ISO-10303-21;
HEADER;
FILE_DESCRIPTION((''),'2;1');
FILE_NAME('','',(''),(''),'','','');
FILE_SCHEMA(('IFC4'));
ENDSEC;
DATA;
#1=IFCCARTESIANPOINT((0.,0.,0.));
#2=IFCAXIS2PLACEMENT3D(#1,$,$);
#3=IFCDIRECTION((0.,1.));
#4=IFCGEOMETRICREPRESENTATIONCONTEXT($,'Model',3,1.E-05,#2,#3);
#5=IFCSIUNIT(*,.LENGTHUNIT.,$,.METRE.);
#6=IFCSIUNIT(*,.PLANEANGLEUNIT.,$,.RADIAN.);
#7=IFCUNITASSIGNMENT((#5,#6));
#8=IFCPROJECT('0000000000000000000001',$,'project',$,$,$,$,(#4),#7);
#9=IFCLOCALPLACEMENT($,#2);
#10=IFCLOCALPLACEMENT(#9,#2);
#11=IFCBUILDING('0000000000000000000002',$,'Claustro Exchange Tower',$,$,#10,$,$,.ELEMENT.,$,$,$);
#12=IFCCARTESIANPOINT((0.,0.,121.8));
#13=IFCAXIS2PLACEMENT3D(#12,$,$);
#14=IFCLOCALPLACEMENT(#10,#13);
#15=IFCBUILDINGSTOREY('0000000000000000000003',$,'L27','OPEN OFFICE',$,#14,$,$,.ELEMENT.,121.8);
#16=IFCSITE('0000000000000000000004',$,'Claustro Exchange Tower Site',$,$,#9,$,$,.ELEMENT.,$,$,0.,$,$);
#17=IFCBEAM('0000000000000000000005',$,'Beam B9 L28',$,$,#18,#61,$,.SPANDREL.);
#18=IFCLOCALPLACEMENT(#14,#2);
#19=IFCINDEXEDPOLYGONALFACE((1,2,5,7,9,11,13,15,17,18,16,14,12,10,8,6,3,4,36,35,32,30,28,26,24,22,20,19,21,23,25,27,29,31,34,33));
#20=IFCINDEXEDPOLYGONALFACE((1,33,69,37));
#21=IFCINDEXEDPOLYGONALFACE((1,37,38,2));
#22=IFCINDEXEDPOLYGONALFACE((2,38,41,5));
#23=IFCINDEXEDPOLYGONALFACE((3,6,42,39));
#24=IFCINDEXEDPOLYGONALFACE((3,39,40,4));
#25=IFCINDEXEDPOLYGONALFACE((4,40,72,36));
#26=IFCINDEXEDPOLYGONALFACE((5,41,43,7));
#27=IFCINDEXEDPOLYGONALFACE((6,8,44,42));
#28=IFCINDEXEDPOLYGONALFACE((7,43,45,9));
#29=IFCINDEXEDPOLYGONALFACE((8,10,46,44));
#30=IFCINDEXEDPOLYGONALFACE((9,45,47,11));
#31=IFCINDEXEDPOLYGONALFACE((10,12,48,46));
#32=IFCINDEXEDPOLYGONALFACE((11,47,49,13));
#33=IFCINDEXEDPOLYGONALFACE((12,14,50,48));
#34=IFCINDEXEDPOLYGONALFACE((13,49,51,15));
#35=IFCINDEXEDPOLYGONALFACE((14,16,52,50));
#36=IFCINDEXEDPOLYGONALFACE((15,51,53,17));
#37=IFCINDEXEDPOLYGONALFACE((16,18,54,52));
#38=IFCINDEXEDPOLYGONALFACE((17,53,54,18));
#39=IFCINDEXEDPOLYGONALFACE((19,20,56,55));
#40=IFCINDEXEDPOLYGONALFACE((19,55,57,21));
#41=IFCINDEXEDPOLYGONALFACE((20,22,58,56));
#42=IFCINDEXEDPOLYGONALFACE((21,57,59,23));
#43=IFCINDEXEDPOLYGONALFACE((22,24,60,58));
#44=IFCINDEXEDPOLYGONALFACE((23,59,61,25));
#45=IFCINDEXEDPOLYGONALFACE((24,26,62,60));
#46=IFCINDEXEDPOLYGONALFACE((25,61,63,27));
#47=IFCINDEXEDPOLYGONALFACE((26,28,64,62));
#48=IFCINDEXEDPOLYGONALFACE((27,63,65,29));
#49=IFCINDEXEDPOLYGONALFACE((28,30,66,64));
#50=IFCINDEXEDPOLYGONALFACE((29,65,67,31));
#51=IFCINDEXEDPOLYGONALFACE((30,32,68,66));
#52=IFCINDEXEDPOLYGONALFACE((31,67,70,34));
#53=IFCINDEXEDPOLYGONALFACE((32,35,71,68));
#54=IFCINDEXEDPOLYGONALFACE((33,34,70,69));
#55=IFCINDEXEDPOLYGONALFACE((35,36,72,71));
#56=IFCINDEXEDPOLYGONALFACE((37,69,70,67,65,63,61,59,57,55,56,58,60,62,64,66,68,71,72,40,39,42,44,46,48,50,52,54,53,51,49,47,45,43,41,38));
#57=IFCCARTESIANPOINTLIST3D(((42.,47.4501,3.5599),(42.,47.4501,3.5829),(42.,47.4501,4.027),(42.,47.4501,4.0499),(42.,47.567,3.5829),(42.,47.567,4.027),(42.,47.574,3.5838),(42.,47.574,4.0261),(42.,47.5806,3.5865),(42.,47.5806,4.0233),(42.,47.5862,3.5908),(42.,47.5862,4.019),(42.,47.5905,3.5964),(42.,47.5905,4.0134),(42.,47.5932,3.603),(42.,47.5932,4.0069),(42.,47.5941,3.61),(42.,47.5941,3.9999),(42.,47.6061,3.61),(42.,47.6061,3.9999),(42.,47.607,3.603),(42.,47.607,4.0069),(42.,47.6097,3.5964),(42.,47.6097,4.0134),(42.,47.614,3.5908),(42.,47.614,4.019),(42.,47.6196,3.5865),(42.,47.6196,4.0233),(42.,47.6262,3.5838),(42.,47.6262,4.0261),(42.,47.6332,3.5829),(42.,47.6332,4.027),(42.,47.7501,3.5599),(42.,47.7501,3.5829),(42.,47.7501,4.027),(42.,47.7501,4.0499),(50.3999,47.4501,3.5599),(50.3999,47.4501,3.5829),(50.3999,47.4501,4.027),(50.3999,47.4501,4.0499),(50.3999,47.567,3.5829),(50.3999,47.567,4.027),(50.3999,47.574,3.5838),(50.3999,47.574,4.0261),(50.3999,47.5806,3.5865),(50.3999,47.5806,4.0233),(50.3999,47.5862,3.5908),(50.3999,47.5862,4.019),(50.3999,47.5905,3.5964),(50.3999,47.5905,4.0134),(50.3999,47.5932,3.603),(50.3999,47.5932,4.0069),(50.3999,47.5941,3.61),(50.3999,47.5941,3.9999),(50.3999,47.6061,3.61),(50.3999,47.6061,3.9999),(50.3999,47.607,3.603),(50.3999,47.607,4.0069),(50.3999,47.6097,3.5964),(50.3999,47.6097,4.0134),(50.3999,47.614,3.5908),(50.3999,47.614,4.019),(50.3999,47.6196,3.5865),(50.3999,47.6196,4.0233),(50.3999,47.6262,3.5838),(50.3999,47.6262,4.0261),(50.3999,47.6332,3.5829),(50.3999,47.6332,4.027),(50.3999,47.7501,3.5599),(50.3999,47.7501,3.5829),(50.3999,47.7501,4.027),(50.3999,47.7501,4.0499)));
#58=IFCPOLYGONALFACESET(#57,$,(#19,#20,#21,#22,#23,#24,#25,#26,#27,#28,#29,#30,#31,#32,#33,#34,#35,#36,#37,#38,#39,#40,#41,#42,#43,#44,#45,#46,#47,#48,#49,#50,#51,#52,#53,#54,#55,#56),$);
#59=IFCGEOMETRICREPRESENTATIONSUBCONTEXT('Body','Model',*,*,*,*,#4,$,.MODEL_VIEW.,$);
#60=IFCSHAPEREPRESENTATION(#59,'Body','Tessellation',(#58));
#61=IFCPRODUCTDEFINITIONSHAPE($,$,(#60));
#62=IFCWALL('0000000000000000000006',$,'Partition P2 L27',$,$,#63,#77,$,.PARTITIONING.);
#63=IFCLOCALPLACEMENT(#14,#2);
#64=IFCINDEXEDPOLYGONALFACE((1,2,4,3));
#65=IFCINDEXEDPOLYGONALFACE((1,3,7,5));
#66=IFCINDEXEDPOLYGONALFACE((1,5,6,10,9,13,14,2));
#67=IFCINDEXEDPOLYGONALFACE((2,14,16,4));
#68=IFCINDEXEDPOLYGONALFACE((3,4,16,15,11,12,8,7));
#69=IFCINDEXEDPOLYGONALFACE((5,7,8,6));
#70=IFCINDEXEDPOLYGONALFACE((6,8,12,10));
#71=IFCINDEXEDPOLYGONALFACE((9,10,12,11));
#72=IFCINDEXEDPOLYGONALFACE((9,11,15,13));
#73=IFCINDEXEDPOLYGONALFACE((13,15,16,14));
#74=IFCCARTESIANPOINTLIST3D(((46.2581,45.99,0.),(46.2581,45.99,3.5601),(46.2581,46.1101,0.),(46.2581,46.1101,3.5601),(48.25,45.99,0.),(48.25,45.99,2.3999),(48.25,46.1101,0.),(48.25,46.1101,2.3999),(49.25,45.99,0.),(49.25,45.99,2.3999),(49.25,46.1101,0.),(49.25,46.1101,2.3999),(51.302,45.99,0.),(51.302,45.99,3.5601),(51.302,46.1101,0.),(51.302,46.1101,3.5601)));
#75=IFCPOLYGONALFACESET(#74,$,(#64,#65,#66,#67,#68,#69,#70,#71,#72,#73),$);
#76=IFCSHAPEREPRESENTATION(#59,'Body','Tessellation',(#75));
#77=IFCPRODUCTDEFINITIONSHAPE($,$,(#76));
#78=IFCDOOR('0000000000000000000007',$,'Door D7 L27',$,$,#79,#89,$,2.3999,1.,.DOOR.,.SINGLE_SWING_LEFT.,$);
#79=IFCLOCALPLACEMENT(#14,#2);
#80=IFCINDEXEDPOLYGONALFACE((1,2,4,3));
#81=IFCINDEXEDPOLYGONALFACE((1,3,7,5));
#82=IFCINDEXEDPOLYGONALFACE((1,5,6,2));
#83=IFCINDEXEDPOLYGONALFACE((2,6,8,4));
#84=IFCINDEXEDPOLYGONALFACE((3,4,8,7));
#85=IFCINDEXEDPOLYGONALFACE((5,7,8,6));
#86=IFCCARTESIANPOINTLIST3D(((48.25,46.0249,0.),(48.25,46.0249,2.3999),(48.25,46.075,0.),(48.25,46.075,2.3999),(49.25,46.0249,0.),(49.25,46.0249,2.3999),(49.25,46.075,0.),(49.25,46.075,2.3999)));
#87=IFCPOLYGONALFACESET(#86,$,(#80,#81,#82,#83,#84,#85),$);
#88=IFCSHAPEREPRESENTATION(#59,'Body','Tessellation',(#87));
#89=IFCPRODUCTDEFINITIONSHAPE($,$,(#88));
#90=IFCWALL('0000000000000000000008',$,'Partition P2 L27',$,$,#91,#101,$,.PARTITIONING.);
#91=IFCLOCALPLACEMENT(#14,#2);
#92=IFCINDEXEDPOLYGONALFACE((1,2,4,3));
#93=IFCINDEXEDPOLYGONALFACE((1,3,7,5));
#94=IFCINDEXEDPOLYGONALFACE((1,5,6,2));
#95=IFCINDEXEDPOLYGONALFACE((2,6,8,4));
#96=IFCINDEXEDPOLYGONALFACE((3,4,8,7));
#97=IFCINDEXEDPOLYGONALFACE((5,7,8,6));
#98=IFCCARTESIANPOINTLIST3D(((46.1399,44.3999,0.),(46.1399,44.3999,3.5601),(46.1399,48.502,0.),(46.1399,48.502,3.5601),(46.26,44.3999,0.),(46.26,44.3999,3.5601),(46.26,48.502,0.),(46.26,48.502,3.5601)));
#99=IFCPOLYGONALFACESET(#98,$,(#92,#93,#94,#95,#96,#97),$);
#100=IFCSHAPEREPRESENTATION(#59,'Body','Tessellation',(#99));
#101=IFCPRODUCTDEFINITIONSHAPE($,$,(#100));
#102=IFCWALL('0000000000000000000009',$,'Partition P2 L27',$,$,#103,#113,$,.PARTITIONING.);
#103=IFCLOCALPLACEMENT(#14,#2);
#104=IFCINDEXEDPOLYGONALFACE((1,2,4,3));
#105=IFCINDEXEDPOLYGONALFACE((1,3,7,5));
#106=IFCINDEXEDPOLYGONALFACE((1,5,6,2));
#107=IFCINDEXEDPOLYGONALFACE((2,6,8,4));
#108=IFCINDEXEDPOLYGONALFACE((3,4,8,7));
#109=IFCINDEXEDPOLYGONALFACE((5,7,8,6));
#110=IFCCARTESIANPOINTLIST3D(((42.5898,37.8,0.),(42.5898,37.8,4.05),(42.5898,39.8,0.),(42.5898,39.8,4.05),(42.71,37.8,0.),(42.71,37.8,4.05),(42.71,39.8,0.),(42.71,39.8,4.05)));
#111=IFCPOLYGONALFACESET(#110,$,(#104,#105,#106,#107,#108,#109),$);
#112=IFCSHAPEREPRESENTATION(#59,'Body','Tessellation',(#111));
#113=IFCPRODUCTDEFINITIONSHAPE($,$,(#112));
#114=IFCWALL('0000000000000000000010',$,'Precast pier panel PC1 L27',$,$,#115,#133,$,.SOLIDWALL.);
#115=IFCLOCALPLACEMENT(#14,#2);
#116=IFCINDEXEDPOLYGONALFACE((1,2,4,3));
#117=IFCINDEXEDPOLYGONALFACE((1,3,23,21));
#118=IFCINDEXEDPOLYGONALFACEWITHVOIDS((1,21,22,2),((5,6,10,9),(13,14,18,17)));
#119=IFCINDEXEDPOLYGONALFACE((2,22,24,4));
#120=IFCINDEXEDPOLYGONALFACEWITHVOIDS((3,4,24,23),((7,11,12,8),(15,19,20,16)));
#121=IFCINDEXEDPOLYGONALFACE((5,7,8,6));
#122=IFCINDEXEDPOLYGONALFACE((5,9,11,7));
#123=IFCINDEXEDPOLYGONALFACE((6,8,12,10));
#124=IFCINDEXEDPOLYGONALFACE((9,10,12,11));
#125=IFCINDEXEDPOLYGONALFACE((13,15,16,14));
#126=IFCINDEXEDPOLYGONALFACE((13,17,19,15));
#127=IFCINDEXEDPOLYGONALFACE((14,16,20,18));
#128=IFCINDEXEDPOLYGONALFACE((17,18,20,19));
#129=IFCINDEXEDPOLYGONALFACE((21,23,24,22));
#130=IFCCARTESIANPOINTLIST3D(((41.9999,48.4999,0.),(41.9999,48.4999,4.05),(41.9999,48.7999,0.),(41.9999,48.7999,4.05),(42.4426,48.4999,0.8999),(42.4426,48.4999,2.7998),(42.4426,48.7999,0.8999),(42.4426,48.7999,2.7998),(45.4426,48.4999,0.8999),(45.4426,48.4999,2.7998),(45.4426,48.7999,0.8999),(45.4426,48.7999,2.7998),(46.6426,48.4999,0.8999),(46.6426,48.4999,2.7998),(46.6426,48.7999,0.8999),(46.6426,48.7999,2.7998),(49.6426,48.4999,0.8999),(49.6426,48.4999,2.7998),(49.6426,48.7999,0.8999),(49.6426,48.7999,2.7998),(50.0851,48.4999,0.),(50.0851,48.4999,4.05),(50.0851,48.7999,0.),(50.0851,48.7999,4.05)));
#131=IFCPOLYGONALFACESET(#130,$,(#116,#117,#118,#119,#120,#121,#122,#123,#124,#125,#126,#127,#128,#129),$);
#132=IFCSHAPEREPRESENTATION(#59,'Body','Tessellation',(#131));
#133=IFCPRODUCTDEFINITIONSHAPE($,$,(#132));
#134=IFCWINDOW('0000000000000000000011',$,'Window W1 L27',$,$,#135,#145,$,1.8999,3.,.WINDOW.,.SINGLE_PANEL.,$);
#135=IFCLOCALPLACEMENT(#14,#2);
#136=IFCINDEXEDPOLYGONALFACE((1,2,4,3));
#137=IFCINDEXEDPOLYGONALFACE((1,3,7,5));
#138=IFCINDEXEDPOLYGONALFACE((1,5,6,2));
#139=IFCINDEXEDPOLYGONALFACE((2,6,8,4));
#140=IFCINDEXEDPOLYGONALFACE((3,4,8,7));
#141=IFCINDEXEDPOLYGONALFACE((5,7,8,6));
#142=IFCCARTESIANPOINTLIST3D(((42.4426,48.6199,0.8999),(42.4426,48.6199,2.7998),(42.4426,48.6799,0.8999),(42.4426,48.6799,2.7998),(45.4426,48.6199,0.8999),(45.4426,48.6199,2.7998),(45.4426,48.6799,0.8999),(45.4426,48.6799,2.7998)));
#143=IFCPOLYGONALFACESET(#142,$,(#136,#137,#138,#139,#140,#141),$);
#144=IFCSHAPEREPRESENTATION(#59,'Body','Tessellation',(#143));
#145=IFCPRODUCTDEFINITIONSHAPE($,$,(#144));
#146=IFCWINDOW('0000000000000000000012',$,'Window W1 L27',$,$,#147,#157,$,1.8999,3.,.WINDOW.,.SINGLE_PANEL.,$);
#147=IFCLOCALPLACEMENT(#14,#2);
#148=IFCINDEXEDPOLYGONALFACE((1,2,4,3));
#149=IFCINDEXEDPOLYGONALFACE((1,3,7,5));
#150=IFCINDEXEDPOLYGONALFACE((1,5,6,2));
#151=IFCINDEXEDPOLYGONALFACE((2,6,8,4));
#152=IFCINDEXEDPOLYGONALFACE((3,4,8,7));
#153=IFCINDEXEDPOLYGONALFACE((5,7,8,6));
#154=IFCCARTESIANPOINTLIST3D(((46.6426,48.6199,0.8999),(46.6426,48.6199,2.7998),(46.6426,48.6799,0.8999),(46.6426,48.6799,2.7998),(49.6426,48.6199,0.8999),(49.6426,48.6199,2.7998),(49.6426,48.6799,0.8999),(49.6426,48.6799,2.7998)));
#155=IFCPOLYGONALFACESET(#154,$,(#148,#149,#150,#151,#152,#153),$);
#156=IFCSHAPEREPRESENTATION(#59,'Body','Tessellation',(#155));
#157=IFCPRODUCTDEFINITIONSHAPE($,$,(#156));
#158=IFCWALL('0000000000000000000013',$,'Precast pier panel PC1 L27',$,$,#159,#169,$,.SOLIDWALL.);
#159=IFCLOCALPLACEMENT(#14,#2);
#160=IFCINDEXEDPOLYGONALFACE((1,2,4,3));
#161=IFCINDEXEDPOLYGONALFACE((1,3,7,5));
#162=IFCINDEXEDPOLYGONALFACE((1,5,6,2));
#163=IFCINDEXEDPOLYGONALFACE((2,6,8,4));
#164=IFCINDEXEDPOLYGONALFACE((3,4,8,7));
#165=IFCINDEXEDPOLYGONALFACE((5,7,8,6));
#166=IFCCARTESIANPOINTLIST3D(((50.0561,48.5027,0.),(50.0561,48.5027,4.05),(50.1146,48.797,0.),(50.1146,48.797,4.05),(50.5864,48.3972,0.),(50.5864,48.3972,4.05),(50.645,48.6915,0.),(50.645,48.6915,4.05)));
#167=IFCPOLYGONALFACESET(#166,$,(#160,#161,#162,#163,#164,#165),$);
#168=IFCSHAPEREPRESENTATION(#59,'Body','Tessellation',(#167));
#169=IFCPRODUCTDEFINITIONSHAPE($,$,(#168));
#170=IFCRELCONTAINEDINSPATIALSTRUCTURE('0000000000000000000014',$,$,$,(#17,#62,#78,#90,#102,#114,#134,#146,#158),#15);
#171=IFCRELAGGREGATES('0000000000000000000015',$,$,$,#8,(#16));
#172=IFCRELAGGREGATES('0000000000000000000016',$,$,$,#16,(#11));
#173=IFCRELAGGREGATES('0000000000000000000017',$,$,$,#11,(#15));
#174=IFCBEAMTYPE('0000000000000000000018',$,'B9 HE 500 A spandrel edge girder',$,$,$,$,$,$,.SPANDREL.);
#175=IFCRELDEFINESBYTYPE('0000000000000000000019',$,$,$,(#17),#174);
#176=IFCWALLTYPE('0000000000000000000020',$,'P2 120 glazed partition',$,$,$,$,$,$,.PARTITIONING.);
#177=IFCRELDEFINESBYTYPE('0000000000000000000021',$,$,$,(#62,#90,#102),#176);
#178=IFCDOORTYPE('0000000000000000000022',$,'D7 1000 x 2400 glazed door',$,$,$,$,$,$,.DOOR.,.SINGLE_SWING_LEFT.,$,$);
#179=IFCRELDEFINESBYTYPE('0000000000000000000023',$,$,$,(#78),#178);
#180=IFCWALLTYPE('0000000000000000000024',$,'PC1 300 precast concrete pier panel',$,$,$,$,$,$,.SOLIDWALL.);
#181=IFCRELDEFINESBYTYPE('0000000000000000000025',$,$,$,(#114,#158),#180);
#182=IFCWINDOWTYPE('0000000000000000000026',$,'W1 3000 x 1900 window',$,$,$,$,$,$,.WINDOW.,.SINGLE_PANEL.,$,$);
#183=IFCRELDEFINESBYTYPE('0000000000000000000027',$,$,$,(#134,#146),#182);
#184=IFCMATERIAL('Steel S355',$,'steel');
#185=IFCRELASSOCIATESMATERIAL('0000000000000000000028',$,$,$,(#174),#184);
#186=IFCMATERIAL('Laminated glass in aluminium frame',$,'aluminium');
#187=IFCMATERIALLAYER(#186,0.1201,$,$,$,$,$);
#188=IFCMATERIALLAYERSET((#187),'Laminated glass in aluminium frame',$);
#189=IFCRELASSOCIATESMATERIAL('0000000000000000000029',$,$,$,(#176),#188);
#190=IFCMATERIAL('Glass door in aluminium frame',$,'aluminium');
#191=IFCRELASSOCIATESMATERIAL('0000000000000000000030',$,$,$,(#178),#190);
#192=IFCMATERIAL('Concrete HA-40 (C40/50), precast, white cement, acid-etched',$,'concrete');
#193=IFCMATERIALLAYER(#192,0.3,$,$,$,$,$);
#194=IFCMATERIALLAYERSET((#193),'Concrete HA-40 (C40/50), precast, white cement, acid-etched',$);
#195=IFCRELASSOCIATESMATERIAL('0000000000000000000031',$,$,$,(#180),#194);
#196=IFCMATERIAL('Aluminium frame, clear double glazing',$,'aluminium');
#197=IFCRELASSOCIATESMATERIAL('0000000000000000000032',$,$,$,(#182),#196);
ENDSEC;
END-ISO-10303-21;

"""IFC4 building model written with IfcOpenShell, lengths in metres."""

from ifc_helpers import new_model, si_unit, direction, frame, frame_2d, origin, origin_2d, place, context, subcontext, project, spatial, rectangle, i_section, extrude, material, layer, layer_set, material_profile, profile_set, type_object, element, fill, save


model = new_model("IFC4")

# Units and contexts
model_context = context("Model", 3, precision=1e-05, world=origin(), true_north=direction((0.0, 1.0)))
body_context = subcontext(model_context, "Body", "Model", "MODEL_VIEW")
ifc_project = project(units=[si_unit("LENGTHUNIT", "METRE"), si_unit("PLANEANGLEUNIT", "RADIAN")], contexts=[model_context])

# Site, building, storey
site_placement = place(None, origin())
site = spatial("IfcSite", under=ifc_project, at=site_placement, Name="Claustro Exchange Tower Site", CompositionType="ELEMENT", RefElevation=0.0)
building_placement = place(site_placement, origin())
building = spatial("IfcBuilding", under=site, at=building_placement, Name="Claustro Exchange Tower", CompositionType="ELEMENT")
storey_placement = place(building_placement, frame((0.0, 0.0, 121.8)))
storey = spatial("IfcBuildingStorey", under=building, at=storey_placement, Name="L27", Description="OPEN OFFICE", CompositionType="ELEMENT", Elevation=121.8)

# Beam
ifc_material_1 = material(Name="Steel S355", Category="steel")
ifc_material_profile_1 = material_profile(ifc_material_1, i_section(OverallWidth=0.3, OverallDepth=0.49, WebThickness=0.012, FlangeThickness=0.0229, FilletRadius=0.0271, at=origin_2d()), Name="HE 500 A")
ifc_profile_set_1 = profile_set([ifc_material_profile_1], Name="Steel S355")
beam_type_1 = type_object("IfcBeamType", Name="B9 HE 500 A spandrel edge girder", PredefinedType="SPANDREL", material=ifc_profile_set_1)
beam_1_placement = place(storey_placement, frame((42.0, 47.6001, 3.8049), z_axis=(1.0, 0.0, 0.0), x_axis=(0.0, 1.0, 0.0)))
element("IfcBeam", 1, at=beam_1_placement, inside=storey, type_object=beam_type_1, Name="Beam B9 L28", PredefinedType="SPANDREL", context=body_context, shape_type="SweptSolid", body=[
    extrude(i_section(OverallWidth=0.3, OverallDepth=0.49, WebThickness=0.012, FlangeThickness=0.0229, FilletRadius=0.0271, at=origin_2d()), origin(), (0.0, 0.0, 1.0), 8.3999),
])

# Wall, opening, door
ifc_material_2 = material(Name="Laminated glass in aluminium frame", Category="aluminium")
ifc_layer_1 = layer(ifc_material_2, 0.1201)
ifc_layer_set_1 = layer_set([ifc_layer_1], Name="Laminated glass in aluminium frame")
wall_type_1 = type_object("IfcWallType", Name="P2 120 glazed partition", PredefinedType="PARTITIONING", material=ifc_layer_set_1)
wall_1_placement = place(storey_placement, frame((46.2581, 46.05, 0.0), z_axis=(0.0, 0.0, 1.0), x_axis=(1.0, 0.0, 0.0)))
wall_1 = element("IfcWall", 2, at=wall_1_placement, inside=storey, type_object=wall_type_1, Name="Partition P2 L27", PredefinedType="PARTITIONING", context=body_context, shape_type="SweptSolid", body=[
    extrude(rectangle(XDim=5.0439, YDim=0.1201, at=frame_2d((2.522, 0.0))), origin(), (0.0, 0.0, 1.0), 3.5601),
])
opening_1_placement = place(wall_1_placement, frame((1.9919, 0.0, 0.0)))
opening_1 = element("IfcOpeningElement", 3, at=opening_1_placement, cuts=wall_1, PredefinedType="OPENING", context=body_context, shape_type="SweptSolid", body=[
    extrude(rectangle(XDim=1.0, YDim=2.3999, at=frame_2d((0.5, 1.2))), frame((0.0, 0.0701, 0.0), z_axis=(0.0, -1.0, 0.0), x_axis=(1.0, 0.0, 0.0)), (0.0, 0.0, 1.0), 0.1401),
])
ifc_material_3 = material(Name="Glass door in aluminium frame", Category="aluminium")
door_type = type_object("IfcDoorType", Name="D7 1000 x 2400 glazed door", OperationType="SINGLE_SWING_LEFT", PredefinedType="DOOR", material=ifc_material_3)
door_placement = place(opening_1_placement, origin())
door = element("IfcDoor", 4, at=door_placement, inside=storey, type_object=door_type, Name="Door D7 L27", OperationType="SINGLE_SWING_LEFT", OverallHeight=2.3999, OverallWidth=1.0, PredefinedType="DOOR", context=body_context, shape_type="SweptSolid", body=[
    extrude(rectangle(XDim=1.0, YDim=2.3999, at=frame_2d((0.5, 1.2))), frame((0.0, 0.0249, 0.0), z_axis=(0.0, -1.0, 0.0), x_axis=(1.0, 0.0, 0.0)), (0.0, 0.0, 1.0), 0.05),
])
fill(opening_1, door)

# Walls
wall_2_placement = place(storey_placement, frame((46.2, 44.3999, 0.0), z_axis=(0.0, 0.0, 1.0), x_axis=(0.0, 1.0, 0.0)))
element("IfcWall", 5, at=wall_2_placement, inside=storey, type_object=wall_type_1, Name="Partition P2 L27", PredefinedType="PARTITIONING", context=body_context, shape_type="SweptSolid", body=[
    extrude(rectangle(XDim=4.1021, YDim=0.1201, at=frame_2d((2.051, 0.0))), origin(), (0.0, 0.0, 1.0), 3.5601),
])
wall_3_placement = place(storey_placement, frame((42.6499, 37.8, 0.0), z_axis=(0.0, 0.0, 1.0), x_axis=(0.0, 1.0, 0.0)))
element("IfcWall", 6, at=wall_3_placement, inside=storey, type_object=wall_type_1, Name="Partition P2 L27", PredefinedType="PARTITIONING", context=body_context, shape_type="SweptSolid", body=[
    extrude(rectangle(XDim=2.0, YDim=0.1201, at=frame_2d((1.0, 0.0))), origin(), (0.0, 0.0, 1.0), 4.05),
])

# Wall, openings, windows
ifc_material_4 = material(Name="Concrete HA-40 (C40/50), precast, white cement, acid-etched", Category="concrete")
ifc_layer_2 = layer(ifc_material_4, 0.3)
ifc_layer_set_2 = layer_set([ifc_layer_2], Name="Concrete HA-40 (C40/50), precast, white cement, acid-etched")
wall_type_2 = type_object("IfcWallType", Name="PC1 300 precast concrete pier panel", PredefinedType="SOLIDWALL", material=ifc_layer_set_2)
wall_4_placement = place(storey_placement, frame((42.0, 48.6499, 0.0), z_axis=(0.0, 0.0, 1.0), x_axis=(1.0, 0.0, 0.0)))
wall_4 = element("IfcWall", 7, at=wall_4_placement, inside=storey, type_object=wall_type_2, Name="Precast pier panel PC1 L27", PredefinedType="SOLIDWALL", context=body_context, shape_type="SweptSolid", body=[
    extrude(rectangle(XDim=8.0852, YDim=0.3, at=frame_2d((4.0425, 0.0))), origin(), (0.0, 0.0, 1.0), 4.05),
])
opening_2_placement = place(wall_4_placement, frame((0.4426, 0.0, 0.8999)))
opening_2 = element("IfcOpeningElement", 8, at=opening_2_placement, cuts=wall_4, PredefinedType="OPENING", context=body_context, shape_type="SweptSolid", body=[
    extrude(rectangle(XDim=3.0, YDim=1.8999, at=frame_2d((1.5, 0.95))), frame((0.0, 0.1599, 0.0), z_axis=(0.0, -1.0, 0.0), x_axis=(1.0, 0.0, 0.0)), (0.0, 0.0, 1.0), 0.3201),
])
opening_3_placement = place(wall_4_placement, frame((4.6426, 0.0, 0.8999)))
opening_3 = element("IfcOpeningElement", 9, at=opening_3_placement, cuts=wall_4, PredefinedType="OPENING", context=body_context, shape_type="SweptSolid", body=[
    extrude(rectangle(XDim=3.0, YDim=1.8999, at=frame_2d((1.5, 0.95))), frame((0.0, 0.1599, 0.0), z_axis=(0.0, -1.0, 0.0), x_axis=(1.0, 0.0, 0.0)), (0.0, 0.0, 1.0), 0.3201),
])
ifc_material_5 = material(Name="Aluminium frame, clear double glazing", Category="aluminium")
window_type_1 = type_object("IfcWindowType", Name="W1 3000 x 1900 window", PartitioningType="SINGLE_PANEL", PredefinedType="WINDOW", material=ifc_material_5)
window_1_placement = place(opening_2_placement, origin())
window_1 = element("IfcWindow", 10, at=window_1_placement, inside=storey, type_object=window_type_1, Name="Window W1 L27", OverallHeight=1.8999, OverallWidth=3.0, PartitioningType="SINGLE_PANEL", PredefinedType="WINDOW", context=body_context, shape_type="SweptSolid", body=[
    extrude(rectangle(XDim=3.0, YDim=1.8999, at=frame_2d((1.5, 0.95))), frame((0.0, 0.03, 0.0), z_axis=(0.0, -1.0, 0.0), x_axis=(1.0, 0.0, 0.0)), (0.0, 0.0, 1.0), 0.0601),
])
fill(opening_2, window_1)
window_2_placement = place(opening_3_placement, origin())
window_2 = element("IfcWindow", 11, at=window_2_placement, inside=storey, type_object=window_type_1, Name="Window W1 L27", OverallHeight=1.8999, OverallWidth=3.0, PartitioningType="SINGLE_PANEL", PredefinedType="WINDOW", context=body_context, shape_type="SweptSolid", body=[
    extrude(rectangle(XDim=3.0, YDim=1.8999, at=frame_2d((1.5, 0.95))), frame((0.0, 0.03, 0.0), z_axis=(0.0, -1.0, 0.0), x_axis=(1.0, 0.0, 0.0)), (0.0, 0.0, 1.0), 0.0601),
])
fill(opening_3, window_2)

# Wall
wall_5_placement = place(storey_placement, frame((50.0852, 48.6499, 0.0), z_axis=(0.0, 0.0, 1.0), x_axis=(0.980789, -0.195074, 0.0)))
element("IfcWall", 12, at=wall_5_placement, inside=storey, type_object=wall_type_2, Name="Precast pier panel PC1 L27", PredefinedType="SOLIDWALL", context=body_context, shape_type="SweptSolid", body=[
    extrude(rectangle(XDim=0.5408, YDim=0.3, at=frame_2d((0.2705, 0.0))), origin(), (0.0, 0.0, 1.0), 4.05),
])

save(model, "model.ifc")
